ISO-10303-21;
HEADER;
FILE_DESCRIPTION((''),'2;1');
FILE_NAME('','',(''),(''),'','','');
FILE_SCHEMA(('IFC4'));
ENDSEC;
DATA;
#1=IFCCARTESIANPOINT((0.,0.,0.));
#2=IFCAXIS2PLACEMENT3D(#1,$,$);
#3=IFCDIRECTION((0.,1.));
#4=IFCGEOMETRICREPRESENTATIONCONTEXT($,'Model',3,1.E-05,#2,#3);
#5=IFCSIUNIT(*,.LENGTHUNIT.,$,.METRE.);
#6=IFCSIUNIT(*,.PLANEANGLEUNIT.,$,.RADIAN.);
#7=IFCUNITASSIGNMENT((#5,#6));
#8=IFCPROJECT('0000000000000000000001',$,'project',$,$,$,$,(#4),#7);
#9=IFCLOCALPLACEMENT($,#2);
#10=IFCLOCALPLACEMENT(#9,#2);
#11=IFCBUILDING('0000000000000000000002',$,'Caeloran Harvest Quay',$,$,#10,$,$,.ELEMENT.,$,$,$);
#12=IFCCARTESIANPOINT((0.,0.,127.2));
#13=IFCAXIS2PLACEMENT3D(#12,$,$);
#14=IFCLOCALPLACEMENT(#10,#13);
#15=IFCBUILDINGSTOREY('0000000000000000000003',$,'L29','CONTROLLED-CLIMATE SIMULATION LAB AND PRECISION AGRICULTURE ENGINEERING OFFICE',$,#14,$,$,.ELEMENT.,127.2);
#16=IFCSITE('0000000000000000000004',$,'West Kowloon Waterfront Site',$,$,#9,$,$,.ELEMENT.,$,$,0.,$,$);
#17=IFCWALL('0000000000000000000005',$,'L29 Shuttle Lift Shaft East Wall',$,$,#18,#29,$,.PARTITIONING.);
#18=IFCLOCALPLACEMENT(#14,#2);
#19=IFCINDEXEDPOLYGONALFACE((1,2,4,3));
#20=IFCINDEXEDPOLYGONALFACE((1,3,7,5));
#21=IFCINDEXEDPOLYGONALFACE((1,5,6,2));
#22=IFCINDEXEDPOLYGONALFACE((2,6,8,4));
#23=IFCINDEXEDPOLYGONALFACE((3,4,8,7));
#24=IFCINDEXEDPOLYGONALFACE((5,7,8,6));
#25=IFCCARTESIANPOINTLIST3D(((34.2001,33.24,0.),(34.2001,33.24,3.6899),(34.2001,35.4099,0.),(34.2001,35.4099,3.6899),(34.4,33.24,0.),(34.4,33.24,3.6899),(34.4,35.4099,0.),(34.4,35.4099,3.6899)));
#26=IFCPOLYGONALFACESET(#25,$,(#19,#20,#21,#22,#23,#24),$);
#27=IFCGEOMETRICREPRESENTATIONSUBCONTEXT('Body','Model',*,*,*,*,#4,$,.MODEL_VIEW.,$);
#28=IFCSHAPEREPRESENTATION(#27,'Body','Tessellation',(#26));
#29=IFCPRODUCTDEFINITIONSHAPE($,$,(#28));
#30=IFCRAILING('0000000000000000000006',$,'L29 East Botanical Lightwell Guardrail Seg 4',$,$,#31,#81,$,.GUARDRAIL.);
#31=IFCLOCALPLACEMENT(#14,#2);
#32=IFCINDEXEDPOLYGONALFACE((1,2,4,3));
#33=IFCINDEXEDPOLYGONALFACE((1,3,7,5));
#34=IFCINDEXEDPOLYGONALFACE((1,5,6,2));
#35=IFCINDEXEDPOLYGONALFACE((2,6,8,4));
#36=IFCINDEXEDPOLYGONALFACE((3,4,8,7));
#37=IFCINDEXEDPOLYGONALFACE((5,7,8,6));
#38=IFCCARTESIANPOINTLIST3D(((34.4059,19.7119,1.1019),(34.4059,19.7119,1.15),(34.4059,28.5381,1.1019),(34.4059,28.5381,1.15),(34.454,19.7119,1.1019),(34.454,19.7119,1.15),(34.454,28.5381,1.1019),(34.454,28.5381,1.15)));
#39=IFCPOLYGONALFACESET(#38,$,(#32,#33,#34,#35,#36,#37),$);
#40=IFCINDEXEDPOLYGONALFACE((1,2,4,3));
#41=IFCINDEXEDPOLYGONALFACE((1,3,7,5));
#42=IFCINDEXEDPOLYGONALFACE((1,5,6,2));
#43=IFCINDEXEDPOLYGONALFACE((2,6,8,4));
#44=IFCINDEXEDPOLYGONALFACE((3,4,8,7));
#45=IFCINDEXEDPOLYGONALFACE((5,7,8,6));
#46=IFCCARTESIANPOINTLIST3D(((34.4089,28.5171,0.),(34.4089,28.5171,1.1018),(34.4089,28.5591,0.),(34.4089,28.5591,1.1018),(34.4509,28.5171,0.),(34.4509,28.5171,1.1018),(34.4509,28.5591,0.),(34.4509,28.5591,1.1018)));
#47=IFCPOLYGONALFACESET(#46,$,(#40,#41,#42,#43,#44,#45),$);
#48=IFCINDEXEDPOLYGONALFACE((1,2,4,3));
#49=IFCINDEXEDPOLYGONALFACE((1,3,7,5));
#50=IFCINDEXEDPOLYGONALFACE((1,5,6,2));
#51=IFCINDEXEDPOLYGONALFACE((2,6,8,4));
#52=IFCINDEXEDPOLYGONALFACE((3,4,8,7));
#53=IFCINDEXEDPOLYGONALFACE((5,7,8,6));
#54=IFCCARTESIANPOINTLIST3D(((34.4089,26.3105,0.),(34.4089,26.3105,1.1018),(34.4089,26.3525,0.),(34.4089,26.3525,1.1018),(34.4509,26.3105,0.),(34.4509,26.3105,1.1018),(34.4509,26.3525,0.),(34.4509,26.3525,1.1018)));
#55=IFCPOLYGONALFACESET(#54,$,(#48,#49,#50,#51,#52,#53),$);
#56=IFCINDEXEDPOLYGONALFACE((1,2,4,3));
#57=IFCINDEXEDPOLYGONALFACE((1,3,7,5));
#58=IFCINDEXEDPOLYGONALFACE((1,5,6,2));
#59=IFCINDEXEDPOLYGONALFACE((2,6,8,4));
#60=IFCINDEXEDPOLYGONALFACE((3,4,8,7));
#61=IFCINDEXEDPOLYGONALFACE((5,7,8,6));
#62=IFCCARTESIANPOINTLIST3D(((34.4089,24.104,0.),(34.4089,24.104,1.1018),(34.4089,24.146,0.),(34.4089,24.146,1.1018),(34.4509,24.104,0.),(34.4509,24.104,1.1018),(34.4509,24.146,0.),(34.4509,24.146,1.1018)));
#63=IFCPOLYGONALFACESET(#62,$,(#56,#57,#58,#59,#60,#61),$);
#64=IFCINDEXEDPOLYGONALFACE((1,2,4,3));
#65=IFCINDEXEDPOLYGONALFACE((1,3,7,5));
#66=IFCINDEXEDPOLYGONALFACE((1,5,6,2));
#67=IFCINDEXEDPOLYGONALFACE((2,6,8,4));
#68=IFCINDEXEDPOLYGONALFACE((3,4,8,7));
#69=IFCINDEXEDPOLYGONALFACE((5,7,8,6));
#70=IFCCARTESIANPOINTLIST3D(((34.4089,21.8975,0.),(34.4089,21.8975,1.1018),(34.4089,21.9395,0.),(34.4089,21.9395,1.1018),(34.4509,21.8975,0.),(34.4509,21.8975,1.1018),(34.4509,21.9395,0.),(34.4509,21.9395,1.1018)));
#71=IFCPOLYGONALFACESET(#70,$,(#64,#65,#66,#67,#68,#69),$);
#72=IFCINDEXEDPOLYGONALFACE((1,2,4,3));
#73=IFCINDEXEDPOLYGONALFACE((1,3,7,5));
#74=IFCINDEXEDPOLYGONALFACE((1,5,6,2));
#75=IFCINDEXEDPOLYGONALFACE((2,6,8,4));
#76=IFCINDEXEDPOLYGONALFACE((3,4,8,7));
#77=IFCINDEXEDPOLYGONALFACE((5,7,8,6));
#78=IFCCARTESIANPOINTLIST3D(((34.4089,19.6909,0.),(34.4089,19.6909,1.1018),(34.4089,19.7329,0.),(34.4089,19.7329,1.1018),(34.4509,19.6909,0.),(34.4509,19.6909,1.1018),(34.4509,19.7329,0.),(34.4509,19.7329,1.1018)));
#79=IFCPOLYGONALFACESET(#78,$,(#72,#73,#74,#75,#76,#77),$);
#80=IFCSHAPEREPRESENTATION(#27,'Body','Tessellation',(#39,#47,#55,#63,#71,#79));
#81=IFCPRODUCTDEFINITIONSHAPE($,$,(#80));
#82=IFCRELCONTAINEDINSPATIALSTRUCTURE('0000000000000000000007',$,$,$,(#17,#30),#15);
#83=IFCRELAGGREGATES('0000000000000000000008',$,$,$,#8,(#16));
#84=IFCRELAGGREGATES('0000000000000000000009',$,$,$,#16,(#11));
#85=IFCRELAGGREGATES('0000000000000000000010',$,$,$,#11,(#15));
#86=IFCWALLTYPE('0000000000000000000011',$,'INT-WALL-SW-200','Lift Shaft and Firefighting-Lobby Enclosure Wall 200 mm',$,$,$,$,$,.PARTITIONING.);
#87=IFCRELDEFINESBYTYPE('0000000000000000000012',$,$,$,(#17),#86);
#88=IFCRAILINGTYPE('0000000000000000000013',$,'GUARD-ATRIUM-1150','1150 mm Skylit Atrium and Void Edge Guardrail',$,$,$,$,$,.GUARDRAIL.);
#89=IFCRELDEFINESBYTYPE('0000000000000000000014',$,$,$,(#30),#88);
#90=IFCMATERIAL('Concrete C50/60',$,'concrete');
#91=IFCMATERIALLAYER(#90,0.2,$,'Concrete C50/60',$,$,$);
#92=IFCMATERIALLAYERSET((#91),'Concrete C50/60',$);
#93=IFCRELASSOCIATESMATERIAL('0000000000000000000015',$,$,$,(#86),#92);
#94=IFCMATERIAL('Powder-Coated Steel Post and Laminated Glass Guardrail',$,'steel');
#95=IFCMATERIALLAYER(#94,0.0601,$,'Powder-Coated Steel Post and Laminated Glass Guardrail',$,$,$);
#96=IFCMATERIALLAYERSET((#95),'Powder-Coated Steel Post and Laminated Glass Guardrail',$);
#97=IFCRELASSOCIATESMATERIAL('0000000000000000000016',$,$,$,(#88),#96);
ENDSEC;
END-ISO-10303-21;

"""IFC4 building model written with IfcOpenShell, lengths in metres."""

from ifc_helpers import new_model, si_unit, direction, frame, frame_2d, origin, origin_2d, place, context, subcontext, project, spatial, rectangle, extrude, material, layer, layer_set, type_object, element, save


model = new_model("IFC4")

# Units and contexts
model_context = context("Model", 3, precision=1e-05, world=origin(), true_north=direction((0.0, 1.0)))
body_context = subcontext(model_context, "Body", "Model", "MODEL_VIEW")
ifc_project = project(units=[si_unit("LENGTHUNIT", "METRE"), si_unit("PLANEANGLEUNIT", "RADIAN")], contexts=[model_context])

# Site, building, storey
site_placement = place(None, origin())
site = spatial("IfcSite", under=ifc_project, at=site_placement, Name="West Kowloon Waterfront Site", CompositionType="ELEMENT", RefElevation=0.0)
building_placement = place(site_placement, origin())
building = spatial("IfcBuilding", under=site, at=building_placement, Name="Caeloran Harvest Quay", CompositionType="ELEMENT")
storey_placement = place(building_placement, frame((0.0, 0.0, 127.2)))
storey = spatial("IfcBuildingStorey", under=building, at=storey_placement, Name="L29", Description="CONTROLLED-CLIMATE SIMULATION LAB AND PRECISION AGRICULTURE ENGINEERING OFFICE", CompositionType="ELEMENT", Elevation=127.2)

# Shared definitions
ifc_material_1 = material(Name="Concrete C50/60", Category="concrete")
ifc_layer_1 = layer(ifc_material_1, 0.2, Name="Concrete C50/60")
ifc_layer_set_1 = layer_set([ifc_layer_1], Name="Concrete C50/60")
wall_type_1 = type_object("IfcWallType", Name="INT-WALL-SW-200", Description="Lift Shaft and Firefighting-Lobby Enclosure Wall 200 mm", PredefinedType="PARTITIONING", material=ifc_layer_set_1)

# Wall
wall_1_placement = place(storey_placement, frame((34.3, 33.24, 0.0), z_axis=(0.0, 0.0, 1.0), x_axis=(0.0, 1.0, 0.0)))
element("IfcWall", 1, at=wall_1_placement, inside=storey, type_object=wall_type_1, Name="L29 Shuttle Lift Shaft East Wall", PredefinedType="PARTITIONING", context=body_context, shape_type="SweptSolid", body=[
    extrude(rectangle(XDim=2.1699, YDim=0.2, at=frame_2d((1.085, 0.0))), origin(), (0.0, 0.0, 1.0), 3.6899),
])

# Railing
ifc_material_2 = material(Name="Powder-Coated Steel Post and Laminated Glass Guardrail", Category="steel")
ifc_layer_2 = layer(ifc_material_2, 0.0601, Name="Powder-Coated Steel Post and Laminated Glass Guardrail")
ifc_layer_set_2 = layer_set([ifc_layer_2], Name="Powder-Coated Steel Post and Laminated Glass Guardrail")
railing_type = type_object("IfcRailingType", Name="GUARD-ATRIUM-1150", Description="1150 mm Skylit Atrium and Void Edge Guardrail", PredefinedType="GUARDRAIL", material=ifc_layer_set_2)
railing_placement = place(storey_placement, frame((34.4299, 28.5381, 0.0)))
element("IfcRailing", 2, at=railing_placement, inside=storey, type_object=railing_type, Name="L29 East Botanical Lightwell Guardrail Seg 4", PredefinedType="GUARDRAIL", context=body_context, shape_type="SweptSolid", body=[
    extrude(rectangle(XDim=0.0481, YDim=0.0481, at=origin_2d()), frame((0.0, 0.0, 1.126), z_axis=(0.0, -1.0, 0.0), x_axis=(1.0, 0.0, 0.0)), (0.0, 0.0, 1.0), 8.8262),
    extrude(rectangle(XDim=0.042, YDim=0.042, at=origin_2d()), origin(), (0.0, 0.0, 1.0), 1.1018),
    extrude(rectangle(XDim=0.042, YDim=0.042, at=origin_2d()), frame((0.0, -2.2065, 0.0)), (0.0, 0.0, 1.0), 1.1018),
    extrude(rectangle(XDim=0.042, YDim=0.042, at=origin_2d()), frame((0.0, -4.4131, 0.0)), (0.0, 0.0, 1.0), 1.1018),
    extrude(rectangle(XDim=0.042, YDim=0.042, at=origin_2d()), frame((0.0, -6.6196, 0.0)), (0.0, 0.0, 1.0), 1.1018),
    extrude(rectangle(XDim=0.042, YDim=0.042, at=origin_2d()), frame((0.0, -8.8262, 0.0)), (0.0, 0.0, 1.0), 1.1018),
])

save(model, "model.ifc")
